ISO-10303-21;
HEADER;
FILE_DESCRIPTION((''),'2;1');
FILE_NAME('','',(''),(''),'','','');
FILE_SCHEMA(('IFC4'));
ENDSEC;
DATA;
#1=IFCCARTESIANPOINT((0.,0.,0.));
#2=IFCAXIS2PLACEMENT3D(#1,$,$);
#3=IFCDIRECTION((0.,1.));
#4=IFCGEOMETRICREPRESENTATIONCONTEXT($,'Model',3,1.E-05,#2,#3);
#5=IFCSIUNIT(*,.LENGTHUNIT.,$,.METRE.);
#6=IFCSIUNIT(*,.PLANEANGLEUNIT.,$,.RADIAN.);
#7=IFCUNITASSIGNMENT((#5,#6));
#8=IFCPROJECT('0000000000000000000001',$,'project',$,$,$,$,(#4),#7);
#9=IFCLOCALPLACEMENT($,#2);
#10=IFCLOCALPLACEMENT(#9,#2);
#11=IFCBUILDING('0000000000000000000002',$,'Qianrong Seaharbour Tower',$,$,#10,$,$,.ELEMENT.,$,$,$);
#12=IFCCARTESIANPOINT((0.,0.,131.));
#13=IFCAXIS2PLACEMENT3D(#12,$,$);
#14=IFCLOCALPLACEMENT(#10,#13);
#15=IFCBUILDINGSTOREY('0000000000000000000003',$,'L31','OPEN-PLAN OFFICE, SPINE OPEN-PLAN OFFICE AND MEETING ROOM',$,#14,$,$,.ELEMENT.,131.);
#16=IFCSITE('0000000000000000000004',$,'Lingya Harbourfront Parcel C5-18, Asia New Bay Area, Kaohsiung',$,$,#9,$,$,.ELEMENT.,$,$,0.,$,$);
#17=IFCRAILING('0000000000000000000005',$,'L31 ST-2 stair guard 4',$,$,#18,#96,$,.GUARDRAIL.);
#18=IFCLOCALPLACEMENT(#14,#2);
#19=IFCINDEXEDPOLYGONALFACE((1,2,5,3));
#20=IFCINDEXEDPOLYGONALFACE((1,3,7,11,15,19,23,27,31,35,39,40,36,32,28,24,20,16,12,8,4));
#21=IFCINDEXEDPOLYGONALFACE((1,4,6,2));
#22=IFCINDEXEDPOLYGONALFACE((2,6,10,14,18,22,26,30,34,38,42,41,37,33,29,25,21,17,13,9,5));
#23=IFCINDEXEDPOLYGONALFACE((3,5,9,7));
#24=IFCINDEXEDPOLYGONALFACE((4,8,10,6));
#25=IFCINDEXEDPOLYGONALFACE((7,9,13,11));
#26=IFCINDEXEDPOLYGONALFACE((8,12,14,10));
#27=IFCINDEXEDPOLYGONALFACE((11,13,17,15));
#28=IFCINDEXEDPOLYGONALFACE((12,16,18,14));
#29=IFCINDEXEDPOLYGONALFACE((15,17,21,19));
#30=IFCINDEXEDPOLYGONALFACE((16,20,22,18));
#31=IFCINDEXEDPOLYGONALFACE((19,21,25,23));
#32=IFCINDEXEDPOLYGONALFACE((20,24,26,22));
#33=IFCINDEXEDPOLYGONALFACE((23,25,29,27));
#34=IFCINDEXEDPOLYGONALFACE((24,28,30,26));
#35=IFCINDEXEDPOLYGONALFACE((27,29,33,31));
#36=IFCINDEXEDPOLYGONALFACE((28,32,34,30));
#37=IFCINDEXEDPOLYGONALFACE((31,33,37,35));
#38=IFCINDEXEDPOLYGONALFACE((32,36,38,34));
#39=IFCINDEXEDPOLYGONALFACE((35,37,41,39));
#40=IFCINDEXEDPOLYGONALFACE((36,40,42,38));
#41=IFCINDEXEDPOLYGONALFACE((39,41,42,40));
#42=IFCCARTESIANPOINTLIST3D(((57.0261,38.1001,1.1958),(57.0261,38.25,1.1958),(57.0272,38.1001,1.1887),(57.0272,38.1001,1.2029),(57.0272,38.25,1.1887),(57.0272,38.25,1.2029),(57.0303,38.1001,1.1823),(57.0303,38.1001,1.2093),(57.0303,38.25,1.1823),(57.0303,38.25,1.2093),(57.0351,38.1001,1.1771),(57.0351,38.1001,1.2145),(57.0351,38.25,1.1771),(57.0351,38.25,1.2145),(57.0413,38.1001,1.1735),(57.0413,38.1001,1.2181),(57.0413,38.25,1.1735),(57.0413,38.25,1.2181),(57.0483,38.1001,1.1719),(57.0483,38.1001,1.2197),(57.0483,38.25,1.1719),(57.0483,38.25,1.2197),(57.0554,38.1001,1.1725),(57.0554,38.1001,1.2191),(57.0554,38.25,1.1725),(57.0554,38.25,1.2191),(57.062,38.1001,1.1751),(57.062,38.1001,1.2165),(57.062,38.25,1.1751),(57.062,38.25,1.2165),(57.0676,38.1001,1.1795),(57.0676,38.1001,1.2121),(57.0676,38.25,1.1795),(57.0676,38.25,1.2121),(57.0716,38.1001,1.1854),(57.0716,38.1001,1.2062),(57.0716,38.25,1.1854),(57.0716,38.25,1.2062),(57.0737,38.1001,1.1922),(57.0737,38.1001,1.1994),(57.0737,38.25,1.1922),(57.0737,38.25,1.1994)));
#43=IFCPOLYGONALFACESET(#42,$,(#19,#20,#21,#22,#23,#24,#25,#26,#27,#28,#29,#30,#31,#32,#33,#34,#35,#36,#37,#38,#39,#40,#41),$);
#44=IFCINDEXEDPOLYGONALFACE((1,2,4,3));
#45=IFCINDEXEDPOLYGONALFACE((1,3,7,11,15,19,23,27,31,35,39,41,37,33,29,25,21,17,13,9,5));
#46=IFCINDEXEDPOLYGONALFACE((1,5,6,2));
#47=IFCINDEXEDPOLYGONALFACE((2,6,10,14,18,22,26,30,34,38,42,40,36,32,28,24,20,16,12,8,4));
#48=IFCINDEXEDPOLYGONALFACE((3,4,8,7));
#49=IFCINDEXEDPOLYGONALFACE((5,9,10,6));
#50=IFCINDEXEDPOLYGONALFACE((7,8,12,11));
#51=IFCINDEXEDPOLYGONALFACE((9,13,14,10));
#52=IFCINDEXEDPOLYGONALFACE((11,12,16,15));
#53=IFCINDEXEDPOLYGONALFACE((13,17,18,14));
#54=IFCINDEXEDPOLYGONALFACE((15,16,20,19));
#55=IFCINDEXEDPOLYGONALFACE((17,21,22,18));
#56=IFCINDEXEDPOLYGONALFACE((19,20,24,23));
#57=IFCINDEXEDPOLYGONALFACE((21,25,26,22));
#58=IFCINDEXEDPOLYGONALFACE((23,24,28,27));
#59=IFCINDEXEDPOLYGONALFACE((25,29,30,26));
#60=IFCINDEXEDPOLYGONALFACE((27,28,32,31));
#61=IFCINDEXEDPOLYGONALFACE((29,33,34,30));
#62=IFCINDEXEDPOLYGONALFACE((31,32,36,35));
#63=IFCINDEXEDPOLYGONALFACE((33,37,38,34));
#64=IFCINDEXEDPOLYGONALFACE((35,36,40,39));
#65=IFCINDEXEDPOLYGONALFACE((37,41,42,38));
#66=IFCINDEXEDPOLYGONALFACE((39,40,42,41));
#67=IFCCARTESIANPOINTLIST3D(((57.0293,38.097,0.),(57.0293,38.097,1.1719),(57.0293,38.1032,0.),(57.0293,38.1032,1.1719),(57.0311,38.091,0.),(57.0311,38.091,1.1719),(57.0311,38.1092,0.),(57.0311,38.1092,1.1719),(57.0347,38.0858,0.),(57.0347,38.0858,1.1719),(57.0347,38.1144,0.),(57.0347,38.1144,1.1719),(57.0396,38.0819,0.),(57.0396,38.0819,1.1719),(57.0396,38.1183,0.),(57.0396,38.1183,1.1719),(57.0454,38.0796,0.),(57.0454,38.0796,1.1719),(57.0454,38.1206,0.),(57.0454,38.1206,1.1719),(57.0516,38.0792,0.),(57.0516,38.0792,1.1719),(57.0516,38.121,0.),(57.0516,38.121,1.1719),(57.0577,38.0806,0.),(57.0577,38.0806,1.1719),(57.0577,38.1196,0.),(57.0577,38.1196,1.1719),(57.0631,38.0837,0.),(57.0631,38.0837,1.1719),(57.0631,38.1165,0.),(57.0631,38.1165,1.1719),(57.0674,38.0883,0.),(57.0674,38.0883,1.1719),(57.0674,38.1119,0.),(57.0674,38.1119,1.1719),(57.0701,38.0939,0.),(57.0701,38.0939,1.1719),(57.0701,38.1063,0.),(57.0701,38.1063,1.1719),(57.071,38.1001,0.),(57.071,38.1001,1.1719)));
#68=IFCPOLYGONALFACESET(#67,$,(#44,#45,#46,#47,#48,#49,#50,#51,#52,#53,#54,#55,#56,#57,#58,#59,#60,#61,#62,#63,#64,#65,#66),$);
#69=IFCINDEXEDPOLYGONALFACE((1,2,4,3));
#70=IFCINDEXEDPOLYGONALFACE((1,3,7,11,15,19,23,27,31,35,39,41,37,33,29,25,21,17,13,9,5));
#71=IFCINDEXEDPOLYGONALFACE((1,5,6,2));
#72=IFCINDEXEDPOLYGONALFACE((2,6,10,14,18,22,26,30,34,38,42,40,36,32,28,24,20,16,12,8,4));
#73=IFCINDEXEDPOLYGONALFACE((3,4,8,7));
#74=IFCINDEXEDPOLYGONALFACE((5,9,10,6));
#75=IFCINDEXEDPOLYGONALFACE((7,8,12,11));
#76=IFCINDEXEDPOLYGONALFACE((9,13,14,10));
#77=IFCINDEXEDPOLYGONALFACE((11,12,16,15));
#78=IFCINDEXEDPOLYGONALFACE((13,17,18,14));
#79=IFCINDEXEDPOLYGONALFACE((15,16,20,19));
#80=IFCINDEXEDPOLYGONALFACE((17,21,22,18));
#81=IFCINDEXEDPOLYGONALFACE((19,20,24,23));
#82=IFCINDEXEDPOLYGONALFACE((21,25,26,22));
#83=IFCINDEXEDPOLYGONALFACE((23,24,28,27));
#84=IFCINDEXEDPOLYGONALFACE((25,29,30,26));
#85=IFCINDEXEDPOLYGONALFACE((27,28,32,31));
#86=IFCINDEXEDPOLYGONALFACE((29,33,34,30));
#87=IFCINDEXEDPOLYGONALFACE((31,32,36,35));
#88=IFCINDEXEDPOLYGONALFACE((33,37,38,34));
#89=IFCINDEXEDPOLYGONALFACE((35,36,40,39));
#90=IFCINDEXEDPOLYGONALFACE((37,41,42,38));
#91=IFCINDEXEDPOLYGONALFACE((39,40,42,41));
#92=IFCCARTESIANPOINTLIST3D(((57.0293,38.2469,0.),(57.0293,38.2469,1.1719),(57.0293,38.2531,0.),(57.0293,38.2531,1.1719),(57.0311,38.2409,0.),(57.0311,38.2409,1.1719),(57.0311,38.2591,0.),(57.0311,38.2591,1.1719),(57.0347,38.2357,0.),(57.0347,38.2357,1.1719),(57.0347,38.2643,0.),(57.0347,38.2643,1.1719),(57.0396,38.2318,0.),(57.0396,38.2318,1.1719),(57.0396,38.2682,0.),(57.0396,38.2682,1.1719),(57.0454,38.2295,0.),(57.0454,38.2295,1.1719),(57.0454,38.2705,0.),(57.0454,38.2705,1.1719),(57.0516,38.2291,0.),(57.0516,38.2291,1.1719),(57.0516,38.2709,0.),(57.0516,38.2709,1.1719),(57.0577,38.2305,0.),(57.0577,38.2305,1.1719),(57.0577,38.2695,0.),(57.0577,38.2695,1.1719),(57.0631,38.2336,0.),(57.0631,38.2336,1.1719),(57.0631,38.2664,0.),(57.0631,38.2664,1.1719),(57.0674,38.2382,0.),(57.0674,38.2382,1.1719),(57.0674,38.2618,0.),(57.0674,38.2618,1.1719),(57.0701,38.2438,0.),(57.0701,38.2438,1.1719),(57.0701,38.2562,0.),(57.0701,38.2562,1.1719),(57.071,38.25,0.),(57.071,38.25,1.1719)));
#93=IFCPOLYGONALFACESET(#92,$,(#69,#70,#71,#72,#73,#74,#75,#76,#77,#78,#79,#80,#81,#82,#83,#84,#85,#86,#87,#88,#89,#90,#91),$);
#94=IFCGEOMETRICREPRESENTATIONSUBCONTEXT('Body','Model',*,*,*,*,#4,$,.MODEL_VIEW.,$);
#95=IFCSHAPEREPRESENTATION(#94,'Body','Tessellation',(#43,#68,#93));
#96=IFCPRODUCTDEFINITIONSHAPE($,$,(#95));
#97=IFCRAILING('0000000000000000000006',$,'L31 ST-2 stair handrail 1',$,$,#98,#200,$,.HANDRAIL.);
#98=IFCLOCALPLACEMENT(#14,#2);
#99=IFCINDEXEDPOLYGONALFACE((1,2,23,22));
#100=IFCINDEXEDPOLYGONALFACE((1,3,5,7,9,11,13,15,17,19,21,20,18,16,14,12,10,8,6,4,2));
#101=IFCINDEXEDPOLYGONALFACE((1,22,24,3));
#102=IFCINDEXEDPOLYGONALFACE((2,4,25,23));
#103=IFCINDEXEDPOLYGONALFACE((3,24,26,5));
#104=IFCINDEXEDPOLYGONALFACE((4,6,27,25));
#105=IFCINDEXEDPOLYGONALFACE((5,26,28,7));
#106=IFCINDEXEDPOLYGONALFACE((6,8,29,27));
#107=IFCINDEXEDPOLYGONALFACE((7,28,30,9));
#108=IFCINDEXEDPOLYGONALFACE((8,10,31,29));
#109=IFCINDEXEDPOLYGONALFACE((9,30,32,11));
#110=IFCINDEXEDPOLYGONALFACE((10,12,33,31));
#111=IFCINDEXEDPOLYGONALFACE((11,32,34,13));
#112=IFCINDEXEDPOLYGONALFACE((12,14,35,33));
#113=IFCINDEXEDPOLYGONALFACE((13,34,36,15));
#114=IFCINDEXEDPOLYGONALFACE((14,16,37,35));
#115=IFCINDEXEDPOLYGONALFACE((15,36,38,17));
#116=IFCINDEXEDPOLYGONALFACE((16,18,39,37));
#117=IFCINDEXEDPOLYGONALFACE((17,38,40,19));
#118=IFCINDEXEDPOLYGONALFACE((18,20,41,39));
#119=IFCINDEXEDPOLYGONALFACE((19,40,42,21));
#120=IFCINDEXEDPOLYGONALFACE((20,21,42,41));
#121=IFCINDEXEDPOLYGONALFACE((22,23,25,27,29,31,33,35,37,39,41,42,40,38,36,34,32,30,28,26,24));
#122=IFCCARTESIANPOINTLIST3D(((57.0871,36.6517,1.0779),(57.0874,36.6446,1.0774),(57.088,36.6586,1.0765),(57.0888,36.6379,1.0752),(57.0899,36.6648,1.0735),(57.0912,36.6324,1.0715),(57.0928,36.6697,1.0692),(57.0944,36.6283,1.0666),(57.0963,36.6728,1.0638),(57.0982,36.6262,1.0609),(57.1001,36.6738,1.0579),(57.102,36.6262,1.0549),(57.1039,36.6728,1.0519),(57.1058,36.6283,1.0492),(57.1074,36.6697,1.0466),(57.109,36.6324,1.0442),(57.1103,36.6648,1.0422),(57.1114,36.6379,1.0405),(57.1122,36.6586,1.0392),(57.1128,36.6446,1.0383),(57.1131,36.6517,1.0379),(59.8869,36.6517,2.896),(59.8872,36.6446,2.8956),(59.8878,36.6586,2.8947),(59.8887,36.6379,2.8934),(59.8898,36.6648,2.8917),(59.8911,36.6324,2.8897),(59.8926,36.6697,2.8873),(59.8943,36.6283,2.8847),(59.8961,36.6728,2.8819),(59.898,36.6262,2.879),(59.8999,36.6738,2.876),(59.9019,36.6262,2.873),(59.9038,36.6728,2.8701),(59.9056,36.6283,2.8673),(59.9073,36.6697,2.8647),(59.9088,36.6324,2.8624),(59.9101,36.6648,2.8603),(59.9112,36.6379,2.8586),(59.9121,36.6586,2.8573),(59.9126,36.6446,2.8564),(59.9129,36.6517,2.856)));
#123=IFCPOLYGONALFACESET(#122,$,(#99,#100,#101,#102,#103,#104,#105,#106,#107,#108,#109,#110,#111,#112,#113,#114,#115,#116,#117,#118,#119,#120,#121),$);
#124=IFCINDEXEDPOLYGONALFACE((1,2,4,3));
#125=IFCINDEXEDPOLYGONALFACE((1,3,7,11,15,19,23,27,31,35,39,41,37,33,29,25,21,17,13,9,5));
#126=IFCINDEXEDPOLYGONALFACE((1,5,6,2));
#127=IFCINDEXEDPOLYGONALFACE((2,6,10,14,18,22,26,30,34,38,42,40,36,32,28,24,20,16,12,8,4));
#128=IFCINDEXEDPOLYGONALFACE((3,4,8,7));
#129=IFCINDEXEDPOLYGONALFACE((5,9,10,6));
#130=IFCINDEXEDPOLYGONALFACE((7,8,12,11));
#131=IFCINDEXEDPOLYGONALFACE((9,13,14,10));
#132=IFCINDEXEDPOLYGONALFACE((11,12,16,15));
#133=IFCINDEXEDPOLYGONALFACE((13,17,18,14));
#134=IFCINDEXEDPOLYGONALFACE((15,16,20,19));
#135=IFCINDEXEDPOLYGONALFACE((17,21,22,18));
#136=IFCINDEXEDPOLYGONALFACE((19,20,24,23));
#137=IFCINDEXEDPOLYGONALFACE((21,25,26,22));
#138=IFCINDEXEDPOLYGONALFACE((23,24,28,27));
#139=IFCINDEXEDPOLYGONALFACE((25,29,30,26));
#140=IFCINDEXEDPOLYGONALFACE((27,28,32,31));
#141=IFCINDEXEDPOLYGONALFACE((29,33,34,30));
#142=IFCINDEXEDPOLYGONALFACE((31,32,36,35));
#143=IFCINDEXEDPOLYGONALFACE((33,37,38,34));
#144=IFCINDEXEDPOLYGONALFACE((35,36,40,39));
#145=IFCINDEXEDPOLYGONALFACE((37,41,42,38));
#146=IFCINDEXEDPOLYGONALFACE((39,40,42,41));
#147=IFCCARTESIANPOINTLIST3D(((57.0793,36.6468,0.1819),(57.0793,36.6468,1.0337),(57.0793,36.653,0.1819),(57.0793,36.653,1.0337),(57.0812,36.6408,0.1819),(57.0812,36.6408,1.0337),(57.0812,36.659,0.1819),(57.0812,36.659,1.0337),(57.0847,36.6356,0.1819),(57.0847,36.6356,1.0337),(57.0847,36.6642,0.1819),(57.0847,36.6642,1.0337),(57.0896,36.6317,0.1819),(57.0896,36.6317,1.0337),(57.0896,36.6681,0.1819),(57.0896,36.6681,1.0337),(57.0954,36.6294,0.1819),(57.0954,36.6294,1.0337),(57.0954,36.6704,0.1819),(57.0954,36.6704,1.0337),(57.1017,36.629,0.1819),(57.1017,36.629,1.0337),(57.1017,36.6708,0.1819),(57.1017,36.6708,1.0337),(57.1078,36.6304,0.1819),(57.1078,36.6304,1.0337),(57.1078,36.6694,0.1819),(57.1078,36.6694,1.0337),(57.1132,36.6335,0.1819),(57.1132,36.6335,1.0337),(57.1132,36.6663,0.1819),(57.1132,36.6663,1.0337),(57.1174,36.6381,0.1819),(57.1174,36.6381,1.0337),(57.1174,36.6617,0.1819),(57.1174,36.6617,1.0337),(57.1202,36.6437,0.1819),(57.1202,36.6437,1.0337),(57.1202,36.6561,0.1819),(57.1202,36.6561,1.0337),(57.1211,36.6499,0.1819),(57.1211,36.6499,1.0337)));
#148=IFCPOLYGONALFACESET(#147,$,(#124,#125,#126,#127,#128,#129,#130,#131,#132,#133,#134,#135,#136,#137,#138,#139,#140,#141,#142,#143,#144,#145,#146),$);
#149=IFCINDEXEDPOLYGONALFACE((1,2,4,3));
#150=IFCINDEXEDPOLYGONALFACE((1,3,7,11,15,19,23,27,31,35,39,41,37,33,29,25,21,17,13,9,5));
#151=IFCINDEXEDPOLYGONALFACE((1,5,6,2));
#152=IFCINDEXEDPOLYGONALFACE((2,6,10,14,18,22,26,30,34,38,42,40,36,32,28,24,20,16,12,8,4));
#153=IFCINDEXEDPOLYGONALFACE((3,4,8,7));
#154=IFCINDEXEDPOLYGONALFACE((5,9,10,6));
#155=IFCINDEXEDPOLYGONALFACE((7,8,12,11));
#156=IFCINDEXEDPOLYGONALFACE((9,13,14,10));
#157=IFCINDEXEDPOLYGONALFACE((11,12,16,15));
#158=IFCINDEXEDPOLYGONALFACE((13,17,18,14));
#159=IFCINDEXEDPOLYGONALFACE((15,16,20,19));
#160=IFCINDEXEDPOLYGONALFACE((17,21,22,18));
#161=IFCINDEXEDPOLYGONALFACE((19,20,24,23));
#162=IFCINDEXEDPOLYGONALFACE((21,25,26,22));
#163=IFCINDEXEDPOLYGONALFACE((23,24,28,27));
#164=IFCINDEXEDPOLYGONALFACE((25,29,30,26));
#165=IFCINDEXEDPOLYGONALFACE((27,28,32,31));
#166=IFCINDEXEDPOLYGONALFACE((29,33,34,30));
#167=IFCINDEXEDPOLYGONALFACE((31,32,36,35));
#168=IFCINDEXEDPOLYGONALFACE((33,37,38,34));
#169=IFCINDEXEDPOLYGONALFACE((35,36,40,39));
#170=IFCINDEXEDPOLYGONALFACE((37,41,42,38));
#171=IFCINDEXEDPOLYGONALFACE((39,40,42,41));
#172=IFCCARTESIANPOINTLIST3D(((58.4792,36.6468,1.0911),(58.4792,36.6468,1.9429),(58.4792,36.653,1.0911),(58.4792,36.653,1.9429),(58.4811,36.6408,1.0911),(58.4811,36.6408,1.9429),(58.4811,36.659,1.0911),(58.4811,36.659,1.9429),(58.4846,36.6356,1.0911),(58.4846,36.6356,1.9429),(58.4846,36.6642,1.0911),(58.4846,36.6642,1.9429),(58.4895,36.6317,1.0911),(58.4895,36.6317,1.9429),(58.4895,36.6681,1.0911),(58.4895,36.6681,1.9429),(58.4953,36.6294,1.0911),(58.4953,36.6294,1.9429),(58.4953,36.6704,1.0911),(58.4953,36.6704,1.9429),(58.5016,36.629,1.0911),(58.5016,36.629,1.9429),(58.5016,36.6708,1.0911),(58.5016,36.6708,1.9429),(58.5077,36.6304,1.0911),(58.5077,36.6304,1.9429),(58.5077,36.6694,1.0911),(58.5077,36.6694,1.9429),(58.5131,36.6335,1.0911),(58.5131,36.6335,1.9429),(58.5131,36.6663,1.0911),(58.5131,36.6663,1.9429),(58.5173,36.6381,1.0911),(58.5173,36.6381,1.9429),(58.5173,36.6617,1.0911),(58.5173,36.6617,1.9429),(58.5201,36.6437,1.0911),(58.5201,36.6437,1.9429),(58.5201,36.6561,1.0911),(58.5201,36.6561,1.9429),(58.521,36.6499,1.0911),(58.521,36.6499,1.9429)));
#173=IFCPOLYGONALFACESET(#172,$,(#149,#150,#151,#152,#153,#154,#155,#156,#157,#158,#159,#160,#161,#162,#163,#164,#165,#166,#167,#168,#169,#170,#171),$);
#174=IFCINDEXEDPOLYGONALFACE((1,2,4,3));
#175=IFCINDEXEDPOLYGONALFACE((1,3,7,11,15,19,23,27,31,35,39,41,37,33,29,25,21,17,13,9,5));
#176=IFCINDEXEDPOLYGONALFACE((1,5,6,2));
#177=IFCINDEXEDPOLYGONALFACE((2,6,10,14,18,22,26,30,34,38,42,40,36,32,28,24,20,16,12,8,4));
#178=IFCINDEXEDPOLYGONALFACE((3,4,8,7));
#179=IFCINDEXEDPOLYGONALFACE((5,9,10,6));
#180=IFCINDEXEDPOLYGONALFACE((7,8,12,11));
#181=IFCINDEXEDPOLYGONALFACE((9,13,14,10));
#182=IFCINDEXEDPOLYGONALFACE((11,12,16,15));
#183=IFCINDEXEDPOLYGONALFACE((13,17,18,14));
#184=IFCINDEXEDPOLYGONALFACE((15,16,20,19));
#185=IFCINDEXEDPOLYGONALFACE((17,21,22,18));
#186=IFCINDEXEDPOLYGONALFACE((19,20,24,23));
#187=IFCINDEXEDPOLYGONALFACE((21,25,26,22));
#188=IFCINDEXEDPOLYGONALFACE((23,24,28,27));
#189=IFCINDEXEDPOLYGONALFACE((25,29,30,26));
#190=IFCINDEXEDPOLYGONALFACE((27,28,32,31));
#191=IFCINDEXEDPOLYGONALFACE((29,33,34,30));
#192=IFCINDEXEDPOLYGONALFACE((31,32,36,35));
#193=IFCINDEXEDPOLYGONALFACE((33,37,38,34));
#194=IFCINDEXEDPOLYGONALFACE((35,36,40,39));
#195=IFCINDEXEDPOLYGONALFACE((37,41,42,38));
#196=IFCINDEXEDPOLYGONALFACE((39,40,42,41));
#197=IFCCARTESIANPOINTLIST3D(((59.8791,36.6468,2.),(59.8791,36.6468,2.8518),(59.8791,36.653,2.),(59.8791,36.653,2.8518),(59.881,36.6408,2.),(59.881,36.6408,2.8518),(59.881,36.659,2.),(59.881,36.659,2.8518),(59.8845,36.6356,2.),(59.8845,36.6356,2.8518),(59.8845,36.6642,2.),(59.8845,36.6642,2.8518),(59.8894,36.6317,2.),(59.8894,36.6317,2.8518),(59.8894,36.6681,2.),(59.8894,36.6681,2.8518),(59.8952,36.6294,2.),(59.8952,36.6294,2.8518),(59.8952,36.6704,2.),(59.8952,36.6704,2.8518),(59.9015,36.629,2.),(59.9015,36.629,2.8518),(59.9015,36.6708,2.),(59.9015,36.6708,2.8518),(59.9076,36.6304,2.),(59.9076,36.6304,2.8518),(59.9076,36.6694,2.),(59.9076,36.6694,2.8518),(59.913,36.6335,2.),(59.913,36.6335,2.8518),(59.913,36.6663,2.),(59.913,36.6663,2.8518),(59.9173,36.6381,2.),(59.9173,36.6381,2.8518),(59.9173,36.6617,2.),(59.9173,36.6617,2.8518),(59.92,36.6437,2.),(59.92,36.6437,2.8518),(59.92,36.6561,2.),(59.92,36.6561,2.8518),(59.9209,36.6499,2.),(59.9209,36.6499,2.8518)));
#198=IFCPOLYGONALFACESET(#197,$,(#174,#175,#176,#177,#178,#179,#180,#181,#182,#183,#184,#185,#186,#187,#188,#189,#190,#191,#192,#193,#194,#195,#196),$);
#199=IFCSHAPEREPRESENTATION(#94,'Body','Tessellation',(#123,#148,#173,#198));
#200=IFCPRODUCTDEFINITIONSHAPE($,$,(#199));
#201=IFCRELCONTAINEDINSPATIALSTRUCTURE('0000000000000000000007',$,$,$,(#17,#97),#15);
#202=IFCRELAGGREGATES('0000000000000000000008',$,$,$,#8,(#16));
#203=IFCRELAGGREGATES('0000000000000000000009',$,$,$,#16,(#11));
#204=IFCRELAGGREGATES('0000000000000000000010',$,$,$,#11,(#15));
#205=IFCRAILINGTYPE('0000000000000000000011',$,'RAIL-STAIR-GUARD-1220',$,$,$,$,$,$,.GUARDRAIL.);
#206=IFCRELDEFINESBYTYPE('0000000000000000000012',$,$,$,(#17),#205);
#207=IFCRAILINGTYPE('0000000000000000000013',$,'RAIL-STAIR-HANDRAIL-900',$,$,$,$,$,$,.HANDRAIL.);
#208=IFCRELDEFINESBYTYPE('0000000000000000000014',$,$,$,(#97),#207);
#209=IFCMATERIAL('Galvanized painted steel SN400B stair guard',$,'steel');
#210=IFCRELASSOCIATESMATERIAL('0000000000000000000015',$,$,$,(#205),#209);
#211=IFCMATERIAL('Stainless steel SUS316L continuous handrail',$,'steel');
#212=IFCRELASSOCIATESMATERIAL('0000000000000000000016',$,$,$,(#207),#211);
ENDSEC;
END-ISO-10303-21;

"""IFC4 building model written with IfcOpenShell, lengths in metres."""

from ifc_helpers import new_model, si_unit, direction, frame, origin, origin_2d, place, context, subcontext, project, spatial, circle, extrude, material, type_object, element, save


model = new_model("IFC4")

# Units and contexts
model_context = context("Model", 3, precision=1e-05, world=origin(), true_north=direction((0.0, 1.0)))
body_context = subcontext(model_context, "Body", "Model", "MODEL_VIEW")
ifc_project = project(units=[si_unit("LENGTHUNIT", "METRE"), si_unit("PLANEANGLEUNIT", "RADIAN")], contexts=[model_context])

# Site, building, storey
site_placement = place(None, origin())
site = spatial("IfcSite", under=ifc_project, at=site_placement, Name="Lingya Harbourfront Parcel C5-18, Asia New Bay Area, Kaohsiung", CompositionType="ELEMENT", RefElevation=0.0)
building_placement = place(site_placement, origin())
building = spatial("IfcBuilding", under=site, at=building_placement, Name="Qianrong Seaharbour Tower", CompositionType="ELEMENT")
storey_placement = place(building_placement, frame((0.0, 0.0, 131.0)))
storey = spatial("IfcBuildingStorey", under=building, at=storey_placement, Name="L31", Description="OPEN-PLAN OFFICE, SPINE OPEN-PLAN OFFICE AND MEETING ROOM", CompositionType="ELEMENT", Elevation=131.0)

# Railings
ifc_material_1 = material(Name="Galvanized painted steel SN400B stair guard", Category="steel")
railing_type_1 = type_object("IfcRailingType", Name="RAIL-STAIR-GUARD-1220", PredefinedType="GUARDRAIL", material=ifc_material_1)
railing_1_placement = place(storey_placement, frame((57.05, 38.1001, 0.0)))
element("IfcRailing", 1, at=railing_1_placement, inside=storey, type_object=railing_type_1, Name="L31 ST-2 stair guard 4", PredefinedType="GUARDRAIL", context=body_context, shape_type="SweptSolid", body=[
    extrude(circle(Radius=0.0239, at=origin_2d()), frame((0.0, 0.0, 1.1958), z_axis=(0.0, 1.0, 0.0), x_axis=(-1.0, 0.0, 0.0)), (0.0, 0.0, 1.0), 0.1499),
    extrude(circle(Radius=0.021, at=origin_2d()), origin(), (0.0, 0.0, 1.0), 1.1719),
    extrude(circle(Radius=0.021, at=origin_2d()), frame((0.0, 0.1499, 0.0)), (0.0, 0.0, 1.0), 1.1719),
])
ifc_material_2 = material(Name="Stainless steel SUS316L continuous handrail", Category="steel")
railing_type_2 = type_object("IfcRailingType", Name="RAIL-STAIR-HANDRAIL-900", PredefinedType="HANDRAIL", material=ifc_material_2)
railing_2_placement = place(storey_placement, frame((57.1001, 36.6499, 0.1819)))
element("IfcRailing", 2, at=railing_2_placement, inside=storey, type_object=railing_type_2, Name="L31 ST-2 stair handrail 1", PredefinedType="HANDRAIL", context=body_context, shape_type="SweptSolid", body=[
    extrude(circle(Radius=0.0239, at=origin_2d()), frame((0.0, 0.0, 0.876), z_axis=(0.838684, 0.0, 0.544618), x_axis=(0.0, 1.0, 0.0)), (0.0, 0.0, 1.0), 3.3384),
    extrude(circle(Radius=0.021, at=origin_2d()), origin(), (0.0, 0.0, 1.0), 0.8518),
    extrude(circle(Radius=0.021, at=origin_2d()), frame((1.3999, 0.0, 0.9092)), (0.0, 0.0, 1.0), 0.8518),
    extrude(circle(Radius=0.021, at=origin_2d()), frame((2.7998, 0.0, 1.8181)), (0.0, 0.0, 1.0), 0.8518),
])

save(model, "model.ifc")
